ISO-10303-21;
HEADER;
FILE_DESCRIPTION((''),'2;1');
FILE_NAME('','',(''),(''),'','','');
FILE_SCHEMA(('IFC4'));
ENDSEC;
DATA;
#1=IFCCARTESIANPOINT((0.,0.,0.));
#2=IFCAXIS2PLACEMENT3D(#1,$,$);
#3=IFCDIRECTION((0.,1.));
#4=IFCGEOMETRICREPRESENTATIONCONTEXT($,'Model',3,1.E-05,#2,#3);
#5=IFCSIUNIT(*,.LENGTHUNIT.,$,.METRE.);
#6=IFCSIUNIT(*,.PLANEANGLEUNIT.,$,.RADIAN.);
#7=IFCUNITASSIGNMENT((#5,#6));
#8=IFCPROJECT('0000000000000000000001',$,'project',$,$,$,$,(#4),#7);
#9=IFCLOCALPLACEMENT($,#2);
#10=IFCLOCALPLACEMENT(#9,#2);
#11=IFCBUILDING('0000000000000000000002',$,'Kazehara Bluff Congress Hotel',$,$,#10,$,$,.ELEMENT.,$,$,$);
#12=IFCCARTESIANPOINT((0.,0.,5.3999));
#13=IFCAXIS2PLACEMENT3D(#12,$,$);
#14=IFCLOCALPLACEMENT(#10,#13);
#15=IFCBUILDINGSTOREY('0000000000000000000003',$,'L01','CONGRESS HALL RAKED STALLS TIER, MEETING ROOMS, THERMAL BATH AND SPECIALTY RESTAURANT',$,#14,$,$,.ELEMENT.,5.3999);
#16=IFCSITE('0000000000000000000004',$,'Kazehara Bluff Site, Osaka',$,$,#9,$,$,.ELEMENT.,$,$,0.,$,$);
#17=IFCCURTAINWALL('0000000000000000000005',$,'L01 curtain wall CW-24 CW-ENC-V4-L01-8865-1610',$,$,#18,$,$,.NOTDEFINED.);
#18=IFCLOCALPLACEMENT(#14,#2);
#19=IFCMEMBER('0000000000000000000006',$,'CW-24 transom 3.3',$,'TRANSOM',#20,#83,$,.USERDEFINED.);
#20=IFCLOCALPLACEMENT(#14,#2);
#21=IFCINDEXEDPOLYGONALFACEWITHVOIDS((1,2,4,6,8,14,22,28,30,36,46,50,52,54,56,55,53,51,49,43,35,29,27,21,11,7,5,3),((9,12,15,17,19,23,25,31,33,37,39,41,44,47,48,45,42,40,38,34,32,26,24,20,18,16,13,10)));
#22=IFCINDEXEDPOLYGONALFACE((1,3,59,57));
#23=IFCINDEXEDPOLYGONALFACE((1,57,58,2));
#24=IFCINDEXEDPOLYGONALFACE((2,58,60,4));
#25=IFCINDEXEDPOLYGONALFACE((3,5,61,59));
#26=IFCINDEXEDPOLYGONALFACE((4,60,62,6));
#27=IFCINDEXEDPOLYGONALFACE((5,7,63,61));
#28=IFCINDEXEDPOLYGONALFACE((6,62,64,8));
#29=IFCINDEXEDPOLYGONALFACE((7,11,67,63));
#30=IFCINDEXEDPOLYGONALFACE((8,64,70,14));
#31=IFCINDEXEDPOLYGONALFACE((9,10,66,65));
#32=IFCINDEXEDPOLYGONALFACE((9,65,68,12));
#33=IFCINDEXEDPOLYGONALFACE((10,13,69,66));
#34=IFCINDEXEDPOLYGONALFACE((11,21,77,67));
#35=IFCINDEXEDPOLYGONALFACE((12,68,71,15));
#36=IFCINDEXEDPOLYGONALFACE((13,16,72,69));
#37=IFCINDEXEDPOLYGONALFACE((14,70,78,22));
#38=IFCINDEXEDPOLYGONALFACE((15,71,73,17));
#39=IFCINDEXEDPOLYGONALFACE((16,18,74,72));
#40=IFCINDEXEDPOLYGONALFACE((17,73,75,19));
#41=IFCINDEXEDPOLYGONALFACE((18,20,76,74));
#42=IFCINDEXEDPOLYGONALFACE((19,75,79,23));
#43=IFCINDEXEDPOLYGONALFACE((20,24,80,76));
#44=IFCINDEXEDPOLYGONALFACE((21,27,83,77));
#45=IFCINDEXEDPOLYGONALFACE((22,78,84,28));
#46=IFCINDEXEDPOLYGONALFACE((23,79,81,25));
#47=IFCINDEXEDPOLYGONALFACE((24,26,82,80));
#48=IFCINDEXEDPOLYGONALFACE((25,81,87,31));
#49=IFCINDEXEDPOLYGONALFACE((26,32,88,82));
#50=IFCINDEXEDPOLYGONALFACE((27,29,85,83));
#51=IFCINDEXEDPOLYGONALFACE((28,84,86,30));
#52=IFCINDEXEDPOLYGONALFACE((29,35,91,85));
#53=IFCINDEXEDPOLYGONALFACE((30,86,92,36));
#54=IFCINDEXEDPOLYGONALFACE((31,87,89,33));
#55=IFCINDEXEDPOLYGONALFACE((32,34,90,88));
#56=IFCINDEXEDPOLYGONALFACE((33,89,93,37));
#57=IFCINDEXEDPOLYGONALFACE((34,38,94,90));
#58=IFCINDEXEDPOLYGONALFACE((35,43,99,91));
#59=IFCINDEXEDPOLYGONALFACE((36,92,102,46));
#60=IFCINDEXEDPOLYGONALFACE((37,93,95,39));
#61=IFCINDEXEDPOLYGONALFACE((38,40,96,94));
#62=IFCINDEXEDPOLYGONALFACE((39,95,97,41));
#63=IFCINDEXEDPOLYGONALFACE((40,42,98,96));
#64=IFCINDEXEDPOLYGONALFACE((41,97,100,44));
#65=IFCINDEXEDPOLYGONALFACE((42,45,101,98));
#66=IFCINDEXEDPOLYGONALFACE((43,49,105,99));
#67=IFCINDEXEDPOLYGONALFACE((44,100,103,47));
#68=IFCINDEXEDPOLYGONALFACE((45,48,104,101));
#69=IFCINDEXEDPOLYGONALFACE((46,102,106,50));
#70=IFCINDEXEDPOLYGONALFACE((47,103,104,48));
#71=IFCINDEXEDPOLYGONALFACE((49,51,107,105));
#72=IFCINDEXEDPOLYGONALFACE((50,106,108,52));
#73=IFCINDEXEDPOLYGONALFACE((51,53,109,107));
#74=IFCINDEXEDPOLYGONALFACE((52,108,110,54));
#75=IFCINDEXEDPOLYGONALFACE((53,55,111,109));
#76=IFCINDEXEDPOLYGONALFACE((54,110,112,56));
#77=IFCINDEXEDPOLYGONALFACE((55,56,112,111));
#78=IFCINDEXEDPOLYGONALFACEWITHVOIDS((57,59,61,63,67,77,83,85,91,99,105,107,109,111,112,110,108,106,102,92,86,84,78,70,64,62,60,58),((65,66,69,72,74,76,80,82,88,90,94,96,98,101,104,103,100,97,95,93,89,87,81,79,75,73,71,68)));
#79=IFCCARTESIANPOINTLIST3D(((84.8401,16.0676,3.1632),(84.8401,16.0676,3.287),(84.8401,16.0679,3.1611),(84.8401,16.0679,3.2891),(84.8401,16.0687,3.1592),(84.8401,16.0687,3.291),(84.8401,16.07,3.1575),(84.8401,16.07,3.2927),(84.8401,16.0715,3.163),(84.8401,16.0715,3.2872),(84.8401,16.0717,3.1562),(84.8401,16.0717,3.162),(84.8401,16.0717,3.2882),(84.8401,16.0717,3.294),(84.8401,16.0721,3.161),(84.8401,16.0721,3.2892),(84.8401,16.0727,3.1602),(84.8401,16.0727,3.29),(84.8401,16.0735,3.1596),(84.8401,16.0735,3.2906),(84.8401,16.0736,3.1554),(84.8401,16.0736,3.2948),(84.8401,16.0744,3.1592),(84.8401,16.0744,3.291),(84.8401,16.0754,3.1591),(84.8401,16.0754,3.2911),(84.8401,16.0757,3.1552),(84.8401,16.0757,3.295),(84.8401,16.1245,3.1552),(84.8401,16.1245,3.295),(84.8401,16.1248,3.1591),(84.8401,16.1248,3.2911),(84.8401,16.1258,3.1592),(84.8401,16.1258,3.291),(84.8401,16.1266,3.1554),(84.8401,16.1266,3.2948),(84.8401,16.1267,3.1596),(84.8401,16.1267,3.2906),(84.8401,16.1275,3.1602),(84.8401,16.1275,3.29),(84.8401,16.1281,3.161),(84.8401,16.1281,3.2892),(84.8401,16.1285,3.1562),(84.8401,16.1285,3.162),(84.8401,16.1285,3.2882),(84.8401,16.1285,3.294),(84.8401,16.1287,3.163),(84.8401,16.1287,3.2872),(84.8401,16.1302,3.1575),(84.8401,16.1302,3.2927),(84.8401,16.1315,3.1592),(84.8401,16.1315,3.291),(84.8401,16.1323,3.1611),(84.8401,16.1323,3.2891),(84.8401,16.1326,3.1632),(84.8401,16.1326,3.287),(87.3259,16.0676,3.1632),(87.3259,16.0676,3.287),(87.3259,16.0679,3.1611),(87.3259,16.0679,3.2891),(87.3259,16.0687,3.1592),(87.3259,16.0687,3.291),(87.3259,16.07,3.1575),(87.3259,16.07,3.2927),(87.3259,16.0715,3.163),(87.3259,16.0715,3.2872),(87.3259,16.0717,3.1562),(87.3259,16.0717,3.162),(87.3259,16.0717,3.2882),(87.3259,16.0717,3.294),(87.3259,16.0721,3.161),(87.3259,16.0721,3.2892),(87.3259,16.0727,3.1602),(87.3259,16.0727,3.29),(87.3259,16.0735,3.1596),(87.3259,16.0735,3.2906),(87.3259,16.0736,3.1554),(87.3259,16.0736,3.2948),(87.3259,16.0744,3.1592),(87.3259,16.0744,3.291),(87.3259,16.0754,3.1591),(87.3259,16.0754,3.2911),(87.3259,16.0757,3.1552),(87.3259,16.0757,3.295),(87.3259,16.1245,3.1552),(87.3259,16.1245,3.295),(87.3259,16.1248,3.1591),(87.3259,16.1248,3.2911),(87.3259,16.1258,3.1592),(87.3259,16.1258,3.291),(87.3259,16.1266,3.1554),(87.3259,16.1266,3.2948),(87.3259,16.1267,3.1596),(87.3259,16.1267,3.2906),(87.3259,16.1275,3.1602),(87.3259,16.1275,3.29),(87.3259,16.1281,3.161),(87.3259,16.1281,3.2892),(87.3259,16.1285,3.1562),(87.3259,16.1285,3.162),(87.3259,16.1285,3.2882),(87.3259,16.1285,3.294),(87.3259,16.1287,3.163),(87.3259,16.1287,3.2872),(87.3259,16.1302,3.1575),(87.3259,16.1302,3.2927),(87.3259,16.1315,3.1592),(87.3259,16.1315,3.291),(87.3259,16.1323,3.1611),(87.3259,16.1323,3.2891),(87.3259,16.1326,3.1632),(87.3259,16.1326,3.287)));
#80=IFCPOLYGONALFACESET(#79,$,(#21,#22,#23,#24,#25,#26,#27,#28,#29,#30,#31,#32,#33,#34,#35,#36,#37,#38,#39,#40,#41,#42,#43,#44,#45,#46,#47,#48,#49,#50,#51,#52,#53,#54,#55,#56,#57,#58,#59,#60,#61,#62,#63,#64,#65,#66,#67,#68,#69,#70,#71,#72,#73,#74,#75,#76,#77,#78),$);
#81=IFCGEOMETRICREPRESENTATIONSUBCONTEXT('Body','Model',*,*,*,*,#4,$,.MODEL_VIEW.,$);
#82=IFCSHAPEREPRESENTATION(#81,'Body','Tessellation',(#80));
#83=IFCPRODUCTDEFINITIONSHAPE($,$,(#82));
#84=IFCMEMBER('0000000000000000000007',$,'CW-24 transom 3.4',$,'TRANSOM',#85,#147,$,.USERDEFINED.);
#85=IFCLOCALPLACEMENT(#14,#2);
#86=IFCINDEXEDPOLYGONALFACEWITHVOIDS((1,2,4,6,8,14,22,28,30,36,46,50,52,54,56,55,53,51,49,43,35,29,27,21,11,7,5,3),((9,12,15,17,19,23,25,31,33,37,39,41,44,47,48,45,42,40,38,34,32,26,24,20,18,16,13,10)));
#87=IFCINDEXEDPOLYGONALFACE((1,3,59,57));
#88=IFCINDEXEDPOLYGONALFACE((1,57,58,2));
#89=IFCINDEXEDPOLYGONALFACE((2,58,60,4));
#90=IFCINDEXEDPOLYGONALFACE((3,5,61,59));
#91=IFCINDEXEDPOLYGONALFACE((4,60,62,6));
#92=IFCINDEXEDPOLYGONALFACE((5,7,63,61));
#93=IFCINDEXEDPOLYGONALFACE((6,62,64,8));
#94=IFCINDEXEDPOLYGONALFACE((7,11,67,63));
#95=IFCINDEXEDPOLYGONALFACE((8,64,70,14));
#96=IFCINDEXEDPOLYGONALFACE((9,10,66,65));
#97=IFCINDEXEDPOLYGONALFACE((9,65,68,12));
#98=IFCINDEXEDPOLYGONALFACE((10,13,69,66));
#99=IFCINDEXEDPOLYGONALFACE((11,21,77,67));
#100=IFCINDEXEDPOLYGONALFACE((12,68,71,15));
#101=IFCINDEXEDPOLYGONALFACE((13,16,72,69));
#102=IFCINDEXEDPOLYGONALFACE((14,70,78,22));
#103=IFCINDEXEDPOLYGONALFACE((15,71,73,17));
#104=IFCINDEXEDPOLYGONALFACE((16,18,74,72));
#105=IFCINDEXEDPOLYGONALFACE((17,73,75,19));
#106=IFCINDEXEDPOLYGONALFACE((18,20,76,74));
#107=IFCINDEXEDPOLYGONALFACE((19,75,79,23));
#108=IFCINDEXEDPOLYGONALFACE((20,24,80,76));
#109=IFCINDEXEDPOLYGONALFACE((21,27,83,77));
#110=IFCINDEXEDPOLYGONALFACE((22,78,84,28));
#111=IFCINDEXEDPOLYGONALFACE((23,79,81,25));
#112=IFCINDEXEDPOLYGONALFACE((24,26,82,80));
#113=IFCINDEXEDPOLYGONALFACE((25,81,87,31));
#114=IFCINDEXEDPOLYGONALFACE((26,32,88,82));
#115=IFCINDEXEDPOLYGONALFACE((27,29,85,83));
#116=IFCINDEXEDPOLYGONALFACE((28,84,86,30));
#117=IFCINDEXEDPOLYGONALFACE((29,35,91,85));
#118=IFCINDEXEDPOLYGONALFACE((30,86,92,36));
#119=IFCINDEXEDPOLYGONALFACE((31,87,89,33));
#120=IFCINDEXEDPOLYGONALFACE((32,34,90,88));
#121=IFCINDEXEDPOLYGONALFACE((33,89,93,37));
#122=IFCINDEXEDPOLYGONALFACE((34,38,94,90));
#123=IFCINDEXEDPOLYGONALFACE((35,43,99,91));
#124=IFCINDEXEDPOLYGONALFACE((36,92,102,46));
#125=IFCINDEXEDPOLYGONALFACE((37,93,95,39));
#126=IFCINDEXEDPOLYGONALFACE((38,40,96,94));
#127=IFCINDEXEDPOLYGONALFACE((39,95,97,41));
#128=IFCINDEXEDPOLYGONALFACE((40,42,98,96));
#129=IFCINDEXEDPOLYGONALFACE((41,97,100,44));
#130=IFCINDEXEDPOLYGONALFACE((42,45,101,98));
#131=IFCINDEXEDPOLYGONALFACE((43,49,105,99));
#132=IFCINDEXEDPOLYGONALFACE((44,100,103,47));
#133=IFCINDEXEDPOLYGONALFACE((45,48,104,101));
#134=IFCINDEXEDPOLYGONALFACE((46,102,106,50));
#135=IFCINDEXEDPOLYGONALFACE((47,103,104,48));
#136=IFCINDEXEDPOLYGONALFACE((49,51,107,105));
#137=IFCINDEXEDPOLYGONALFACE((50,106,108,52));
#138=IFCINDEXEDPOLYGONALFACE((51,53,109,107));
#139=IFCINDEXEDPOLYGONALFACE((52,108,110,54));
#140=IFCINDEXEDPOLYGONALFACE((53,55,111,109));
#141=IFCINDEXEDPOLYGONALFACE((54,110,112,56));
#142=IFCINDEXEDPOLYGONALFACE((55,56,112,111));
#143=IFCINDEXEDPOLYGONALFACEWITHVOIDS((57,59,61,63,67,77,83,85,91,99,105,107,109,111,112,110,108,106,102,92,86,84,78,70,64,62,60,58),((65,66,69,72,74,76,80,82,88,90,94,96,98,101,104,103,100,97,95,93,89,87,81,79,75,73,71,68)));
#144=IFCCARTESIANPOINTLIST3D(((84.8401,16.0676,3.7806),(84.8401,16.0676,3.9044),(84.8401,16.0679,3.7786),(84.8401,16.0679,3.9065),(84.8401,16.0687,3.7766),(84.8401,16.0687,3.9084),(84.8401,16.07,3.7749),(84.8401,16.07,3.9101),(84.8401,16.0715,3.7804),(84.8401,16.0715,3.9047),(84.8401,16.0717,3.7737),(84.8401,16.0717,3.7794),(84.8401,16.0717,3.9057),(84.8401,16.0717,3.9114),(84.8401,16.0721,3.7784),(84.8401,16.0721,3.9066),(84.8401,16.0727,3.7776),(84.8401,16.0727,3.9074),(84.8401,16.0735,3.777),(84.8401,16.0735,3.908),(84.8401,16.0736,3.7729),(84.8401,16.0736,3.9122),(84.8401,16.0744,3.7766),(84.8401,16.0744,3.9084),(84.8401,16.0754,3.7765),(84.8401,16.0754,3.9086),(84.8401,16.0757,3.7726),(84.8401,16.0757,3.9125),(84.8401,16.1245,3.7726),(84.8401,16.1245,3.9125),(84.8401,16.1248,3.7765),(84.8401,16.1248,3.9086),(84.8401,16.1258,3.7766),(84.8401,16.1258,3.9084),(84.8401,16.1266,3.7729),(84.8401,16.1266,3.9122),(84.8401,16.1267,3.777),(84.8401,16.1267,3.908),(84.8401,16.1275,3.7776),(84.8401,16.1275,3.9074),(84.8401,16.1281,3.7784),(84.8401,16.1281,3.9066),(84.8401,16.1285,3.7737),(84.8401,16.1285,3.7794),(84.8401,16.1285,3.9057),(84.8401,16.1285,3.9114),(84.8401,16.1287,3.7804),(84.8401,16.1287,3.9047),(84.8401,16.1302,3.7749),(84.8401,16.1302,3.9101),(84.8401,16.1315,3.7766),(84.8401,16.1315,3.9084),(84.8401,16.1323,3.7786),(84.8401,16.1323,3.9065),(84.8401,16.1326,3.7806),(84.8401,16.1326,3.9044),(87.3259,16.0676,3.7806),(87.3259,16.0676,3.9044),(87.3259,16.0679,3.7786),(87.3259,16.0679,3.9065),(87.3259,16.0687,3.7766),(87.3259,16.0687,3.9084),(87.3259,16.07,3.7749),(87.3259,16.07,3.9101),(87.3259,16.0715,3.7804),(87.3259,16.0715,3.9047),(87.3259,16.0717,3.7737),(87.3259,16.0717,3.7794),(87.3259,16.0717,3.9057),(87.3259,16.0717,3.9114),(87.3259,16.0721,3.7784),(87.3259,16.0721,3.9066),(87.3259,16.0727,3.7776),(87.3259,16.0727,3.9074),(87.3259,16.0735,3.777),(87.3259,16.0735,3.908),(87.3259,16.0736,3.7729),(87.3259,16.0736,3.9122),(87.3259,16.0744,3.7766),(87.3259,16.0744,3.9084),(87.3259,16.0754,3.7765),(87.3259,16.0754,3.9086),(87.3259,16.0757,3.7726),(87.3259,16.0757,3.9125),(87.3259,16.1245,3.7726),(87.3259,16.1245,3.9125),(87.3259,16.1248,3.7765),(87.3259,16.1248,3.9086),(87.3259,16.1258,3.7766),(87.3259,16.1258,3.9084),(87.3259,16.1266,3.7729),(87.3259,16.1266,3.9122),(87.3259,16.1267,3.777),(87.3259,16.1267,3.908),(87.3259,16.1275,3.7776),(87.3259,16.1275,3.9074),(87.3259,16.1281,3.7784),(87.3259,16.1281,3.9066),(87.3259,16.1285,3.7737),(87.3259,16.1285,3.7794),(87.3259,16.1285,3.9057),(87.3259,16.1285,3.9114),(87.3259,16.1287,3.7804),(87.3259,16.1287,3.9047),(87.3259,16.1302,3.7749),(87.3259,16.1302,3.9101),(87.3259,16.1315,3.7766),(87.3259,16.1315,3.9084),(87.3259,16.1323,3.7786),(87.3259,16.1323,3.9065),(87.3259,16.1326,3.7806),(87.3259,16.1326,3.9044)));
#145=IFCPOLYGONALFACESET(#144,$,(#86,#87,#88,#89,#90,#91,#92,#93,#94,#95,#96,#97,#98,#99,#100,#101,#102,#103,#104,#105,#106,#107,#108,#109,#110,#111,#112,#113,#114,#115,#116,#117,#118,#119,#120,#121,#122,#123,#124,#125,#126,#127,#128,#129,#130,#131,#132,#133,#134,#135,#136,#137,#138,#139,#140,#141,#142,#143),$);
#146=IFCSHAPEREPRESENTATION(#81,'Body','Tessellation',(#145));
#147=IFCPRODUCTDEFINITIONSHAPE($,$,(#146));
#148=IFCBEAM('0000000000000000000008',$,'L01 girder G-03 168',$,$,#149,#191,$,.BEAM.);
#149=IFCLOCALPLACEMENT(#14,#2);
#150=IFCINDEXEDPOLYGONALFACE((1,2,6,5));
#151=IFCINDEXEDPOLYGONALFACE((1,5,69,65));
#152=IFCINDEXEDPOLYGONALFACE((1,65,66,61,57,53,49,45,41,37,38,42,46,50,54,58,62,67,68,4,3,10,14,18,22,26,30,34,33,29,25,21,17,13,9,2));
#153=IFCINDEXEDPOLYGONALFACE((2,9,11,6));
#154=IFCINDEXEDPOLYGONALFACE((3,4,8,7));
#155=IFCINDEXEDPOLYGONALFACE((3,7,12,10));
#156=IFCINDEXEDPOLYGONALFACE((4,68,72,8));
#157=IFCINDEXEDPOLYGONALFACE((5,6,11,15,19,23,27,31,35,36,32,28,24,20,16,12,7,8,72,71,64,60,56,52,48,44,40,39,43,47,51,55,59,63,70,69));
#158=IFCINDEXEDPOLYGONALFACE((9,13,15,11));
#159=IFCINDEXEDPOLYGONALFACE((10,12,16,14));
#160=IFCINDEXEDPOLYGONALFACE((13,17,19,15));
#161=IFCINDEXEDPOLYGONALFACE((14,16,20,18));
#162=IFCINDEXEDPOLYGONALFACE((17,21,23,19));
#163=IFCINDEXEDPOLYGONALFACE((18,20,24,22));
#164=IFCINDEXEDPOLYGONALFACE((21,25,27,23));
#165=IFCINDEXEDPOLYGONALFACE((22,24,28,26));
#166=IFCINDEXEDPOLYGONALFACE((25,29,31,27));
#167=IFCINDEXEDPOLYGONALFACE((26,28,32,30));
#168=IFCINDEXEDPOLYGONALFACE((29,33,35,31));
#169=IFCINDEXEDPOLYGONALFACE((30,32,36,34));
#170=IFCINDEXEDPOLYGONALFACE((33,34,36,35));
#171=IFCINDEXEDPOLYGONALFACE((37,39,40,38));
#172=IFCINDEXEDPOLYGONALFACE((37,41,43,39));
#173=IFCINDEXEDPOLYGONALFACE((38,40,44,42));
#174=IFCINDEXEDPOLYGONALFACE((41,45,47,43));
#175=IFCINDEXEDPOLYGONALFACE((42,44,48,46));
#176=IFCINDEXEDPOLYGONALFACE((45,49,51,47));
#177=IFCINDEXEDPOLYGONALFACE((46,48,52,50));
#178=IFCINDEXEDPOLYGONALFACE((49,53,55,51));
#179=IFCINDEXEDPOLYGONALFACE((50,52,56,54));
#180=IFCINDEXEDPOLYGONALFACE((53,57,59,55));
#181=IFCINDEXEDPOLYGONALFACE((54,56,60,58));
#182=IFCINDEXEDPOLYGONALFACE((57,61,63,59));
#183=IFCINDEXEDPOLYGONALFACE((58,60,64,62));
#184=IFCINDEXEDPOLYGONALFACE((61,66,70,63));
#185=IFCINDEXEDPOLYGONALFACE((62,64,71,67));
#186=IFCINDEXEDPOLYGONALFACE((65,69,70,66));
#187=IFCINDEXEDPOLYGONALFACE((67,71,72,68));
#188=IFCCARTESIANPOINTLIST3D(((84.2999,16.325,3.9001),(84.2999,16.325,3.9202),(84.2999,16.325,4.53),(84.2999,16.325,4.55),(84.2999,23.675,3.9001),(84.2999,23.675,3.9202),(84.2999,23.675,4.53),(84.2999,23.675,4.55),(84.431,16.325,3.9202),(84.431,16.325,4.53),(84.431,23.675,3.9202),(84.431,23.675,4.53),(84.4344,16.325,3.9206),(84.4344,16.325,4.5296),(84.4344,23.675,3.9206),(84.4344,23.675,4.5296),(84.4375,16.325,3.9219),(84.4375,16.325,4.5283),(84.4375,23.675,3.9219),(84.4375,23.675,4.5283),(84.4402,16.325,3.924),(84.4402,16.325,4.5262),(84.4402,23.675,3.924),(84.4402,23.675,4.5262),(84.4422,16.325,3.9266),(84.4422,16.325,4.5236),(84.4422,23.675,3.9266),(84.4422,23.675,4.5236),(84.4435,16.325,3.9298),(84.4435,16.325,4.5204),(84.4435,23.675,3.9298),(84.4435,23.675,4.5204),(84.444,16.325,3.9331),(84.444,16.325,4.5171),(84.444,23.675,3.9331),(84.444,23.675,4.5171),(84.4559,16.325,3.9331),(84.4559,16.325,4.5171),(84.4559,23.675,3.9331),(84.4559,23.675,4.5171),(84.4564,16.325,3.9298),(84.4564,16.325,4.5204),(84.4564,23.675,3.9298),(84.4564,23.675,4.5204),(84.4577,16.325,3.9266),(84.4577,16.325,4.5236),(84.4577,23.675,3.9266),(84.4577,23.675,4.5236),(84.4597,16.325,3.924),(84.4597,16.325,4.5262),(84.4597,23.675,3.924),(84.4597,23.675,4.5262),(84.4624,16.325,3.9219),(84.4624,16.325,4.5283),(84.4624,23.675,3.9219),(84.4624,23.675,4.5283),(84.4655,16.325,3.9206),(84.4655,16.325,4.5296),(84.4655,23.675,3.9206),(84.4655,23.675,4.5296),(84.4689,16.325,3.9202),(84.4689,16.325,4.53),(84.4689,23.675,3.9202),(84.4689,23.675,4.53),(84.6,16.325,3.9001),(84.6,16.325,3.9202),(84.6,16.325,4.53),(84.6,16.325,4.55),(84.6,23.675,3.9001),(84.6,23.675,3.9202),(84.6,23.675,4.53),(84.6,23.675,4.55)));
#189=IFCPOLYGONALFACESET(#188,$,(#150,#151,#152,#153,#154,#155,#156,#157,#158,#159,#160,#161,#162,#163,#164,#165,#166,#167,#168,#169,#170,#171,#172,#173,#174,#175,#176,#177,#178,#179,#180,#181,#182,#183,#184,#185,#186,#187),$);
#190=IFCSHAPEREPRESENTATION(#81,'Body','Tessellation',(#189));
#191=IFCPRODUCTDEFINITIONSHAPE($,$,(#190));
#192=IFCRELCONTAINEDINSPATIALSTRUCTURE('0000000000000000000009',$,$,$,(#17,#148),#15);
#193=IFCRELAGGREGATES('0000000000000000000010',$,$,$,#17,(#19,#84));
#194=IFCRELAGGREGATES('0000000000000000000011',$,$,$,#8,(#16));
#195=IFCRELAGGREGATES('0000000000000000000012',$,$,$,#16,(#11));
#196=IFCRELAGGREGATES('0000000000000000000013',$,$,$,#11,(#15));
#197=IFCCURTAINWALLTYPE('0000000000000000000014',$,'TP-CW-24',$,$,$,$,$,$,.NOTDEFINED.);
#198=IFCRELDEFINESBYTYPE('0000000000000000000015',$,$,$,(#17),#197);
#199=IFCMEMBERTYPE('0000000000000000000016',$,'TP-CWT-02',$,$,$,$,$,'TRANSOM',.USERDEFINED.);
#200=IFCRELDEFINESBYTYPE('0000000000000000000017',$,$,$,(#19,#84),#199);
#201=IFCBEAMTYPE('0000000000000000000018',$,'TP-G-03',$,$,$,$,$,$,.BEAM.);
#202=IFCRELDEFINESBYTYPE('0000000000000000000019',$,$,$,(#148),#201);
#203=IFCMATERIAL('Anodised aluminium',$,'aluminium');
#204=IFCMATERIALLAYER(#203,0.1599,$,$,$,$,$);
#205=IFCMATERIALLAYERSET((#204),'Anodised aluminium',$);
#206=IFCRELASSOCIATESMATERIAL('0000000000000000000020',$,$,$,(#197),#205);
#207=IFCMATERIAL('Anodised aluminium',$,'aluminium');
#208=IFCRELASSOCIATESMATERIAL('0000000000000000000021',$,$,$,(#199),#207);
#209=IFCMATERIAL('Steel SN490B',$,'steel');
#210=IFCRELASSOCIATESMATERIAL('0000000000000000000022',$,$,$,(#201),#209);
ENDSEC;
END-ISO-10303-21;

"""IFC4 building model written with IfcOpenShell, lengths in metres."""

from ifc_helpers import new_model, si_unit, direction, frame, origin, origin_2d, place, context, subcontext, project, spatial, hollow_rectangle, i_section, extrude, material, layer, layer_set, material_profile, profile_set, type_object, element, aggregate, save


model = new_model("IFC4")

# Units and contexts
model_context = context("Model", 3, precision=1e-05, world=origin(), true_north=direction((0.0, 1.0)))
body_context = subcontext(model_context, "Body", "Model", "MODEL_VIEW")
ifc_project = project(units=[si_unit("LENGTHUNIT", "METRE"), si_unit("PLANEANGLEUNIT", "RADIAN")], contexts=[model_context])

# Site, building, storey
site_placement = place(None, origin())
site = spatial("IfcSite", under=ifc_project, at=site_placement, Name="Kazehara Bluff Site, Osaka", CompositionType="ELEMENT", RefElevation=0.0)
building_placement = place(site_placement, origin())
building = spatial("IfcBuilding", under=site, at=building_placement, Name="Kazehara Bluff Congress Hotel", CompositionType="ELEMENT")
storey_placement = place(building_placement, frame((0.0, 0.0, 5.3999)))
storey = spatial("IfcBuildingStorey", under=building, at=storey_placement, Name="L01", Description="CONGRESS HALL RAKED STALLS TIER, MEETING ROOMS, THERMAL BATH AND SPECIALTY RESTAURANT", CompositionType="ELEMENT", Elevation=5.3999)

# Curtain wall
ifc_material_1 = material(Name="Anodised aluminium", Category="aluminium")
ifc_layer_1 = layer(ifc_material_1, 0.1599)
ifc_layer_set_1 = layer_set([ifc_layer_1], Name="Anodised aluminium")
curtain_wall_type = type_object("IfcCurtainWallType", Name="TP-CW-24", PredefinedType="NOTDEFINED", material=ifc_layer_set_1)
curtain_wall_1_placement = place(storey_placement, origin())
curtain_wall_1 = element("IfcCurtainWall", 1, at=curtain_wall_1_placement, inside=storey, type_object=curtain_wall_type, Name="L01 curtain wall CW-24 CW-ENC-V4-L01-8865-1610", PredefinedType="NOTDEFINED")

# Members
ifc_material_2 = material(Name="Anodised aluminium", Category="aluminium")
ifc_material_profile_1 = material_profile(ifc_material_2, hollow_rectangle(XDim=0.0649, YDim=0.1399, WallThickness=0.0039, InnerFilletRadius=0.0039, OuterFilletRadius=0.0081, at=origin_2d()))
ifc_profile_set_1 = profile_set([ifc_material_profile_1], Name="Anodised aluminium")
member_type_1 = type_object("IfcMemberType", Name="TP-CWT-02", ElementType="TRANSOM", PredefinedType="USERDEFINED", material=ifc_profile_set_1)
member_1_placement = place(storey_placement, frame((87.3259, 16.1001, 3.2251), z_axis=(-1.0, 0.0, 0.0), x_axis=(0.0, -1.0, 0.0)))
member_1 = element("IfcMember", 2, at=member_1_placement, type_object=member_type_1, Name="CW-24 transom 3.3", ObjectType="TRANSOM", PredefinedType="USERDEFINED", context=body_context, shape_type="SweptSolid", body=[
    extrude(hollow_rectangle(XDim=0.0649, YDim=0.1399, WallThickness=0.0039, InnerFilletRadius=0.0039, OuterFilletRadius=0.0081, at=origin_2d()), origin(), (0.0, 0.0, 1.0), 2.4858),
])
member_2_placement = place(storey_placement, frame((87.3259, 16.1001, 3.8425), z_axis=(-1.0, 0.0, 0.0), x_axis=(0.0, -1.0, 0.0)))
member_2 = element("IfcMember", 3, at=member_2_placement, type_object=member_type_1, Name="CW-24 transom 3.4", ObjectType="TRANSOM", PredefinedType="USERDEFINED", context=body_context, shape_type="SweptSolid", body=[
    extrude(hollow_rectangle(XDim=0.0649, YDim=0.1399, WallThickness=0.0039, InnerFilletRadius=0.0039, OuterFilletRadius=0.0081, at=origin_2d()), origin(), (0.0, 0.0, 1.0), 2.4858),
])

# Beam
ifc_material_3 = material(Name="Steel SN490B", Category="steel")
ifc_material_profile_2 = material_profile(ifc_material_3, i_section(OverallWidth=0.3, OverallDepth=0.6499, WebThickness=0.012, FlangeThickness=0.02, FilletRadius=0.0129, at=origin_2d()))
ifc_profile_set_2 = profile_set([ifc_material_profile_2], Name="Steel SN490B")
beam_type_1 = type_object("IfcBeamType", Name="TP-G-03", PredefinedType="BEAM", material=ifc_profile_set_2)
beam_1_placement = place(storey_placement, frame((84.45, 16.325, 4.2251), z_axis=(0.0, 1.0, 0.0), x_axis=(-1.0, 0.0, 0.0)))
element("IfcBeam", 4, at=beam_1_placement, inside=storey, type_object=beam_type_1, Name="L01 girder G-03 168", PredefinedType="BEAM", context=body_context, shape_type="SweptSolid", body=[
    extrude(i_section(OverallWidth=0.3, OverallDepth=0.6499, WebThickness=0.012, FlangeThickness=0.02, FilletRadius=0.0129, at=origin_2d()), origin(), (0.0, 0.0, 1.0), 7.3501),
])

aggregate(curtain_wall_1, [member_1, member_2])

save(model, "model.ifc")
